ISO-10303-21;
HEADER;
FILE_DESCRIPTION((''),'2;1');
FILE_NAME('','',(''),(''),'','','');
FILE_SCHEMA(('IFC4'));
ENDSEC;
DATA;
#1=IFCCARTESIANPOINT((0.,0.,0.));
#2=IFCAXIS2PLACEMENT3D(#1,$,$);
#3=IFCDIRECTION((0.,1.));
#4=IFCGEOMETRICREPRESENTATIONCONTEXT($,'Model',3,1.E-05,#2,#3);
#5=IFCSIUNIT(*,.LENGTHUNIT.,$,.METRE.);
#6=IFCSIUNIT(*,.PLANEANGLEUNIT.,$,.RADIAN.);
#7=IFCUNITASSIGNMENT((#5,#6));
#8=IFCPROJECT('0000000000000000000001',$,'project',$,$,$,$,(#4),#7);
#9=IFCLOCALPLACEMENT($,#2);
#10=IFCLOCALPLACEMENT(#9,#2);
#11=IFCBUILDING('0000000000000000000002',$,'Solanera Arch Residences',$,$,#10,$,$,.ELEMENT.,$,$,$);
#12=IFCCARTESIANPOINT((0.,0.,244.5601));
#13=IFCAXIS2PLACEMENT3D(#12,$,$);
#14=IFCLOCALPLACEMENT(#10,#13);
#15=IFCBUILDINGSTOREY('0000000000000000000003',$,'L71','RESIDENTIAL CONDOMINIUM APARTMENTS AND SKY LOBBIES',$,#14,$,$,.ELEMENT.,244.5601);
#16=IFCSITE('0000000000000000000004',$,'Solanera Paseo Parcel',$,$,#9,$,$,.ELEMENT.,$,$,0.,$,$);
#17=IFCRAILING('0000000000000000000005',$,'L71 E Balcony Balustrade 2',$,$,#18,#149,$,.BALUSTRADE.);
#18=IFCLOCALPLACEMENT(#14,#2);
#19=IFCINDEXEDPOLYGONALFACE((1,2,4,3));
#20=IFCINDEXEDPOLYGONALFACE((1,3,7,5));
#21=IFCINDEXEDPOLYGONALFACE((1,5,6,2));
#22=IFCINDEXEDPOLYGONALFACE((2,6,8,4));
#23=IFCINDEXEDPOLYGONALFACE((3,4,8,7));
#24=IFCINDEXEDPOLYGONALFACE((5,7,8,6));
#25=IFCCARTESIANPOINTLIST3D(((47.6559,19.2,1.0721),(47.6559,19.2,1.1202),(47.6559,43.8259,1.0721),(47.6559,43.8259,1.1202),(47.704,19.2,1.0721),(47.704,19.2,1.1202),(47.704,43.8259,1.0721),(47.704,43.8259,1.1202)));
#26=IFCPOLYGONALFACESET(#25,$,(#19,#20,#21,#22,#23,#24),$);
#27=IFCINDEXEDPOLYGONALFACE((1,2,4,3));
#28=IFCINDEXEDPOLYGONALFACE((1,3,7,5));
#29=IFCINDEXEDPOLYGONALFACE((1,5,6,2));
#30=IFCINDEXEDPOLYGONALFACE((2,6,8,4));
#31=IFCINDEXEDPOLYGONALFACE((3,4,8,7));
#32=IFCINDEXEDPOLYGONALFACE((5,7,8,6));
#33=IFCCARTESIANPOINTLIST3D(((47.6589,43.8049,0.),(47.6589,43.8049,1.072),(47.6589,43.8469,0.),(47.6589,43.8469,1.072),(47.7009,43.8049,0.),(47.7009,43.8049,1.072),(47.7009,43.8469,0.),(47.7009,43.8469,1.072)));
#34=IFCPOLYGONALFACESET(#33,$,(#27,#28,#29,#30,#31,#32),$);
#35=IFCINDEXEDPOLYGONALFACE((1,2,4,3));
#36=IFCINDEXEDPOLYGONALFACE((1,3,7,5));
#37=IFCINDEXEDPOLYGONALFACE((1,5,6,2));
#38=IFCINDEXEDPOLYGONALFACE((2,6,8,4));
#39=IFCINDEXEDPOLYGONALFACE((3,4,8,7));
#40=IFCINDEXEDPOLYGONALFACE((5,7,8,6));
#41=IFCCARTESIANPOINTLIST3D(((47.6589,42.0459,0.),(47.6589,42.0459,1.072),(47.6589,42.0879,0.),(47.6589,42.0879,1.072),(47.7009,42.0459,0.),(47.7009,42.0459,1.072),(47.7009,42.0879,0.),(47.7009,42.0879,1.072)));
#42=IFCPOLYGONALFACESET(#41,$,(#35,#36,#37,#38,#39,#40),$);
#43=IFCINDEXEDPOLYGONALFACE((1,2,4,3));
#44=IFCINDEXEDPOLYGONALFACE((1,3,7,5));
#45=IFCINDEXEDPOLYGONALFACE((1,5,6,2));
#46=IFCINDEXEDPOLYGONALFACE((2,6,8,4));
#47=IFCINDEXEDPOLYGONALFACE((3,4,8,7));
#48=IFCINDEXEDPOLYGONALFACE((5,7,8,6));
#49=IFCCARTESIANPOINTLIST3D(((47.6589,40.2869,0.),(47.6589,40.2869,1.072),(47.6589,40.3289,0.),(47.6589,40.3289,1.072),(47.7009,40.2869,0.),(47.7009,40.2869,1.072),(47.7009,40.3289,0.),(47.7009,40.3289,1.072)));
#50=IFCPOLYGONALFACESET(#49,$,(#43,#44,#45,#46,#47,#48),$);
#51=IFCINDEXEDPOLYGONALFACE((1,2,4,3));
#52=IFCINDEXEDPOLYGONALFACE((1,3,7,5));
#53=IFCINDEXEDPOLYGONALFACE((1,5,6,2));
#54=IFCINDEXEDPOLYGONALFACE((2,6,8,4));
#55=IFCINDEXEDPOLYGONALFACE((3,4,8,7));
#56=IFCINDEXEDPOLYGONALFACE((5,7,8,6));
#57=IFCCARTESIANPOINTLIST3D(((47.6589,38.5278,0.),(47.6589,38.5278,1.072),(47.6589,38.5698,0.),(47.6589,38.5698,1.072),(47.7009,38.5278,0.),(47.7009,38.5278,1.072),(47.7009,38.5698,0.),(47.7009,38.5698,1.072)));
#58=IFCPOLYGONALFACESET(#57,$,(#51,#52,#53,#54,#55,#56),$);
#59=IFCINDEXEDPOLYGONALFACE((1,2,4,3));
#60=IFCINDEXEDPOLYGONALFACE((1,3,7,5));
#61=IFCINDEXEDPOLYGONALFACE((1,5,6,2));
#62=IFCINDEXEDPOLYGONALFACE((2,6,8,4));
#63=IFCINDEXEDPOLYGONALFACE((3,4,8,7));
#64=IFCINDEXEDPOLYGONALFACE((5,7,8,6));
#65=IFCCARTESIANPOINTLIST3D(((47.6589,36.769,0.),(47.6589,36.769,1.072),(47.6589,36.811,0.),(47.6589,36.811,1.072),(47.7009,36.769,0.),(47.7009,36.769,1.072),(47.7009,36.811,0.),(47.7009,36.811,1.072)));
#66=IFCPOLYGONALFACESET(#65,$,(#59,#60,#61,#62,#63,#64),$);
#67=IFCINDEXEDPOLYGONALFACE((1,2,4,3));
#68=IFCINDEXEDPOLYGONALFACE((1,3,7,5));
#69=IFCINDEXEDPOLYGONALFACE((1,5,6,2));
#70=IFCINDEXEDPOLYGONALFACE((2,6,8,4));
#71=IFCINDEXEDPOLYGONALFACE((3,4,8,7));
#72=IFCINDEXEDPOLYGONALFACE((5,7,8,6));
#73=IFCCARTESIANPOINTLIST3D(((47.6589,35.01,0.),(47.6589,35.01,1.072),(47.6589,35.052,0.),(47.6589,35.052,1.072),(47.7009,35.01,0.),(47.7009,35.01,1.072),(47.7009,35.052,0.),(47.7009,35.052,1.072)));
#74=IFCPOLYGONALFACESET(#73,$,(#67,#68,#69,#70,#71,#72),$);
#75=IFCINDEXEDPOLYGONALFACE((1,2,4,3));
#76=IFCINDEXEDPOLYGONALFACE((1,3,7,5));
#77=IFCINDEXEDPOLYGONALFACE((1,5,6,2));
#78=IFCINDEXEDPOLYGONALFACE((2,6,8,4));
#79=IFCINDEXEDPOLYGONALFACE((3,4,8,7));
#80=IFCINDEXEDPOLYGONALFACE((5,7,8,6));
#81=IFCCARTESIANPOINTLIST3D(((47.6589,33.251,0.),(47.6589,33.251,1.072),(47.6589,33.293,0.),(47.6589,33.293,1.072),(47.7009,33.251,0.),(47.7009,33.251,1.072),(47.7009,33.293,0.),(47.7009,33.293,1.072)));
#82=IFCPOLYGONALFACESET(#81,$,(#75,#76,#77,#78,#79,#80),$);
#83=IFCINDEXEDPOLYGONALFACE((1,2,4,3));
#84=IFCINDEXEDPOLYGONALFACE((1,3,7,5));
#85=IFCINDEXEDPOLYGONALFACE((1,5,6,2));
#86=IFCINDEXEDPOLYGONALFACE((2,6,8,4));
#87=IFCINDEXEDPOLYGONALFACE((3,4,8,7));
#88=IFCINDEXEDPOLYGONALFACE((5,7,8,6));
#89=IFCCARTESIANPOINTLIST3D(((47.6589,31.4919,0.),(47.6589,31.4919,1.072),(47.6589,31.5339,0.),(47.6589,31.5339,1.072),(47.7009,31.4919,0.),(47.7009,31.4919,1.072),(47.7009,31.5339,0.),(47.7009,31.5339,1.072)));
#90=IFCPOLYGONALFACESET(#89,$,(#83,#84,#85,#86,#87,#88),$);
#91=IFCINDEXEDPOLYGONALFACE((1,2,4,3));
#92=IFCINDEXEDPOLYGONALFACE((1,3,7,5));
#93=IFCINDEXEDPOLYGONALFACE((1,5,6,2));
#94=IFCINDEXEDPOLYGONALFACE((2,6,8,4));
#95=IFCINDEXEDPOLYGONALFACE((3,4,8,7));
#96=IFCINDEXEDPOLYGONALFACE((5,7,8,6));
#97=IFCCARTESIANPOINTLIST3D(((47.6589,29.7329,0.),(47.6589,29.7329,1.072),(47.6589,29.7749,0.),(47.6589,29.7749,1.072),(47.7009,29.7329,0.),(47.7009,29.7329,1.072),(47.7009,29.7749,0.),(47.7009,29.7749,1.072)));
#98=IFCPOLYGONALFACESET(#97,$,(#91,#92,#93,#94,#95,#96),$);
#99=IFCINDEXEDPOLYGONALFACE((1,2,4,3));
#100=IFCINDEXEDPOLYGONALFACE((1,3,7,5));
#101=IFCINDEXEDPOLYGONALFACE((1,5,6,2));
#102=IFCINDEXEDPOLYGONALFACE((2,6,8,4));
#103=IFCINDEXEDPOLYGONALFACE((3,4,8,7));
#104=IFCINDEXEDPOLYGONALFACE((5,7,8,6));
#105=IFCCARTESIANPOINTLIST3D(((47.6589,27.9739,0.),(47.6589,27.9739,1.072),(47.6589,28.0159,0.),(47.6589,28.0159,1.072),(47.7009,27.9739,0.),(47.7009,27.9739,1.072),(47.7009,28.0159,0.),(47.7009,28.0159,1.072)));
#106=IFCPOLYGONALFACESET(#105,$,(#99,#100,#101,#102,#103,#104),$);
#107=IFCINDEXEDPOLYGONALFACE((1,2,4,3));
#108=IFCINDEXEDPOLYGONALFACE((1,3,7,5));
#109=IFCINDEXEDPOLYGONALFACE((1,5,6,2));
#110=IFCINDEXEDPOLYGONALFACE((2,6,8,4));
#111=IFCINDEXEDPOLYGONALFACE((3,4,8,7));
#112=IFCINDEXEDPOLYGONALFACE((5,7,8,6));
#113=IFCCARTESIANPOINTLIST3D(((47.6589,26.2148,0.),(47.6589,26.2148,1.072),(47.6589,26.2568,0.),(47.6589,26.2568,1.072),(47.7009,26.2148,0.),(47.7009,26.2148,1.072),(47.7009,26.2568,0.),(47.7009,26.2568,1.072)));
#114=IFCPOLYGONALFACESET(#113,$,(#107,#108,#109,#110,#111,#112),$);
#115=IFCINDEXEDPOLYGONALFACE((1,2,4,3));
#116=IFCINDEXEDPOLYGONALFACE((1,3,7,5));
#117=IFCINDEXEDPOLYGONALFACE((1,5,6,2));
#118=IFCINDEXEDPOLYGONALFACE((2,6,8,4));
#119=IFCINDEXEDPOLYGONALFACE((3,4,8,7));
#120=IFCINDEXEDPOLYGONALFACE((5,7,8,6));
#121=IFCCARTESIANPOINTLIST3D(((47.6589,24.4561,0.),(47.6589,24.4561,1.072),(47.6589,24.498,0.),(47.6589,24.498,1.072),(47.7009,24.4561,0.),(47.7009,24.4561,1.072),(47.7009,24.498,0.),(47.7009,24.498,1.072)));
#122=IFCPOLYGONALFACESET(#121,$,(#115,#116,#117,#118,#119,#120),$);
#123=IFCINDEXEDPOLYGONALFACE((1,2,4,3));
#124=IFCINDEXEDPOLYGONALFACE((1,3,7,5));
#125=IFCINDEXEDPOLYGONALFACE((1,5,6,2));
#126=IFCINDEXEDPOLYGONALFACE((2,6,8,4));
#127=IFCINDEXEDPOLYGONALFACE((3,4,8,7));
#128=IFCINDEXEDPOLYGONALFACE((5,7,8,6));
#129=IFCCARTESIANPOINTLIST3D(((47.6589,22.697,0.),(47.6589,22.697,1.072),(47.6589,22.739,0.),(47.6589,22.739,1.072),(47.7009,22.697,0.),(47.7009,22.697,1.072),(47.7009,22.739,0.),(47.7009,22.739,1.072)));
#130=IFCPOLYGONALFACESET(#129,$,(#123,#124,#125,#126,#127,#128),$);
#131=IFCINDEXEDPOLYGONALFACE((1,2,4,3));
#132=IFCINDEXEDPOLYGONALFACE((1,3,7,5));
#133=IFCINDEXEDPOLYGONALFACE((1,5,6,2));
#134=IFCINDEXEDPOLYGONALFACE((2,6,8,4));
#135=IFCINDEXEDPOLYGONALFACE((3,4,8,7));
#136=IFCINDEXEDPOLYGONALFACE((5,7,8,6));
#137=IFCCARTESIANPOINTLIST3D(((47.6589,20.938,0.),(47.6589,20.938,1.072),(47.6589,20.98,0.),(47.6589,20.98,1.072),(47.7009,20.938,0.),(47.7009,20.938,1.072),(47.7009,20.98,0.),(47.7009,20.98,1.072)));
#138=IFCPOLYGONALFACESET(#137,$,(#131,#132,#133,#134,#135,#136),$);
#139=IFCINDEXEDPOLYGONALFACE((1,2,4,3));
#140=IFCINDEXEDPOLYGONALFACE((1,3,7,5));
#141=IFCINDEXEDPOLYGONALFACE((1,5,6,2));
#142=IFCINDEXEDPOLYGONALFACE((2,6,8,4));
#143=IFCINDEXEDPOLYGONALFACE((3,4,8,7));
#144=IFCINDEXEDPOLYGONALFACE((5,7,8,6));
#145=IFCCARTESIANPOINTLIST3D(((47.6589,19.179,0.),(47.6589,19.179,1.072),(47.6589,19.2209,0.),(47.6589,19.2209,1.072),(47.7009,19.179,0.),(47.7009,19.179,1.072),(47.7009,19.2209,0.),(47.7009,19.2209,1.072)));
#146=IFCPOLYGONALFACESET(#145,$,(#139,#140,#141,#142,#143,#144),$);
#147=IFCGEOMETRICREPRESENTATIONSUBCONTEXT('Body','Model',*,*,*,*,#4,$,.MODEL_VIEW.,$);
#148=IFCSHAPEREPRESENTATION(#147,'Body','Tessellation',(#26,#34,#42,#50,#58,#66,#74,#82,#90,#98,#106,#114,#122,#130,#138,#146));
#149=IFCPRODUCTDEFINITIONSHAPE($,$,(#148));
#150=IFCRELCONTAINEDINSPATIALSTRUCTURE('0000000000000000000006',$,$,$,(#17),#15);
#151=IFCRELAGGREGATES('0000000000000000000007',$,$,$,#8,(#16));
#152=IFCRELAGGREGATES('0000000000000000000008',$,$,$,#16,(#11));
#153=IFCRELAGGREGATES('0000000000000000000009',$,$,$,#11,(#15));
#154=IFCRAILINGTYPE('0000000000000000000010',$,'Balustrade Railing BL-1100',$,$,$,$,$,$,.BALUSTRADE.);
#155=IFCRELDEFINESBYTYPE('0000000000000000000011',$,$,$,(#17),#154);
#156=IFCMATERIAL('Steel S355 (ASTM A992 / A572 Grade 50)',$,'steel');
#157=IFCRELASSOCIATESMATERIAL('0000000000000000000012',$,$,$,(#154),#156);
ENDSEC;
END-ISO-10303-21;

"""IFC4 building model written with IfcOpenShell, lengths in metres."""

from ifc_helpers import new_model, si_unit, direction, frame, origin, origin_2d, place, context, subcontext, project, spatial, rectangle, extrude, material, type_object, element, save


model = new_model("IFC4")

# Units and contexts
model_context = context("Model", 3, precision=1e-05, world=origin(), true_north=direction((0.0, 1.0)))
body_context = subcontext(model_context, "Body", "Model", "MODEL_VIEW")
ifc_project = project(units=[si_unit("LENGTHUNIT", "METRE"), si_unit("PLANEANGLEUNIT", "RADIAN")], contexts=[model_context])

# Site, building, storey
site_placement = place(None, origin())
site = spatial("IfcSite", under=ifc_project, at=site_placement, Name="Solanera Paseo Parcel", CompositionType="ELEMENT", RefElevation=0.0)
building_placement = place(site_placement, origin())
building = spatial("IfcBuilding", under=site, at=building_placement, Name="Solanera Arch Residences", CompositionType="ELEMENT")
storey_placement = place(building_placement, frame((0.0, 0.0, 244.5601)))
storey = spatial("IfcBuildingStorey", under=building, at=storey_placement, Name="L71", Description="RESIDENTIAL CONDOMINIUM APARTMENTS AND SKY LOBBIES", CompositionType="ELEMENT", Elevation=244.5601)

# Railing
ifc_material_1 = material(Name="Steel S355 (ASTM A992 / A572 Grade 50)", Category="steel")
railing_type = type_object("IfcRailingType", Name="Balustrade Railing BL-1100", PredefinedType="BALUSTRADE", material=ifc_material_1)
railing_1_placement = place(storey_placement, frame((47.6799, 43.8259, 0.0)))
element("IfcRailing", 1, at=railing_1_placement, inside=storey, type_object=railing_type, Name="L71 E Balcony Balustrade 2", PredefinedType="BALUSTRADE", context=body_context, shape_type="SweptSolid", body=[
    extrude(rectangle(XDim=0.0481, YDim=0.0481, at=origin_2d()), frame((0.0, 0.0, 1.0962), z_axis=(0.0, -1.0, 0.0), x_axis=(1.0, 0.0, 0.0)), (0.0, 0.0, 1.0), 24.626),
    extrude(rectangle(XDim=0.042, YDim=0.042, at=origin_2d()), origin(), (0.0, 0.0, 1.0), 1.072),
    extrude(rectangle(XDim=0.042, YDim=0.042, at=origin_2d()), frame((0.0, -1.759, 0.0)), (0.0, 0.0, 1.0), 1.072),
    extrude(rectangle(XDim=0.042, YDim=0.042, at=origin_2d()), frame((0.0, -3.5181, 0.0)), (0.0, 0.0, 1.0), 1.072),
    extrude(rectangle(XDim=0.042, YDim=0.042, at=origin_2d()), frame((0.0, -5.2771, 0.0)), (0.0, 0.0, 1.0), 1.072),
    extrude(rectangle(XDim=0.042, YDim=0.042, at=origin_2d()), frame((0.0, -7.0359, 0.0)), (0.0, 0.0, 1.0), 1.072),
    extrude(rectangle(XDim=0.042, YDim=0.042, at=origin_2d()), frame((0.0, -8.7949, 0.0)), (0.0, 0.0, 1.0), 1.072),
    extrude(rectangle(XDim=0.042, YDim=0.042, at=origin_2d()), frame((0.0, -10.554, 0.0)), (0.0, 0.0, 1.0), 1.072),
    extrude(rectangle(XDim=0.042, YDim=0.042, at=origin_2d()), frame((0.0, -12.313, 0.0)), (0.0, 0.0, 1.0), 1.072),
    extrude(rectangle(XDim=0.042, YDim=0.042, at=origin_2d()), frame((0.0, -14.072, 0.0)), (0.0, 0.0, 1.0), 1.072),
    extrude(rectangle(XDim=0.042, YDim=0.042, at=origin_2d()), frame((0.0, -15.8311, 0.0)), (0.0, 0.0, 1.0), 1.072),
    extrude(rectangle(XDim=0.042, YDim=0.042, at=origin_2d()), frame((0.0, -17.5901, 0.0)), (0.0, 0.0, 1.0), 1.072),
    extrude(rectangle(XDim=0.042, YDim=0.042, at=origin_2d()), frame((0.0, -19.3489, 0.0)), (0.0, 0.0, 1.0), 1.072),
    extrude(rectangle(XDim=0.042, YDim=0.042, at=origin_2d()), frame((0.0, -21.1079, 0.0)), (0.0, 0.0, 1.0), 1.072),
    extrude(rectangle(XDim=0.042, YDim=0.042, at=origin_2d()), frame((0.0, -22.8669, 0.0)), (0.0, 0.0, 1.0), 1.072),
    extrude(rectangle(XDim=0.042, YDim=0.042, at=origin_2d()), frame((0.0, -24.626, 0.0)), (0.0, 0.0, 1.0), 1.072),
])

save(model, "model.ifc")
